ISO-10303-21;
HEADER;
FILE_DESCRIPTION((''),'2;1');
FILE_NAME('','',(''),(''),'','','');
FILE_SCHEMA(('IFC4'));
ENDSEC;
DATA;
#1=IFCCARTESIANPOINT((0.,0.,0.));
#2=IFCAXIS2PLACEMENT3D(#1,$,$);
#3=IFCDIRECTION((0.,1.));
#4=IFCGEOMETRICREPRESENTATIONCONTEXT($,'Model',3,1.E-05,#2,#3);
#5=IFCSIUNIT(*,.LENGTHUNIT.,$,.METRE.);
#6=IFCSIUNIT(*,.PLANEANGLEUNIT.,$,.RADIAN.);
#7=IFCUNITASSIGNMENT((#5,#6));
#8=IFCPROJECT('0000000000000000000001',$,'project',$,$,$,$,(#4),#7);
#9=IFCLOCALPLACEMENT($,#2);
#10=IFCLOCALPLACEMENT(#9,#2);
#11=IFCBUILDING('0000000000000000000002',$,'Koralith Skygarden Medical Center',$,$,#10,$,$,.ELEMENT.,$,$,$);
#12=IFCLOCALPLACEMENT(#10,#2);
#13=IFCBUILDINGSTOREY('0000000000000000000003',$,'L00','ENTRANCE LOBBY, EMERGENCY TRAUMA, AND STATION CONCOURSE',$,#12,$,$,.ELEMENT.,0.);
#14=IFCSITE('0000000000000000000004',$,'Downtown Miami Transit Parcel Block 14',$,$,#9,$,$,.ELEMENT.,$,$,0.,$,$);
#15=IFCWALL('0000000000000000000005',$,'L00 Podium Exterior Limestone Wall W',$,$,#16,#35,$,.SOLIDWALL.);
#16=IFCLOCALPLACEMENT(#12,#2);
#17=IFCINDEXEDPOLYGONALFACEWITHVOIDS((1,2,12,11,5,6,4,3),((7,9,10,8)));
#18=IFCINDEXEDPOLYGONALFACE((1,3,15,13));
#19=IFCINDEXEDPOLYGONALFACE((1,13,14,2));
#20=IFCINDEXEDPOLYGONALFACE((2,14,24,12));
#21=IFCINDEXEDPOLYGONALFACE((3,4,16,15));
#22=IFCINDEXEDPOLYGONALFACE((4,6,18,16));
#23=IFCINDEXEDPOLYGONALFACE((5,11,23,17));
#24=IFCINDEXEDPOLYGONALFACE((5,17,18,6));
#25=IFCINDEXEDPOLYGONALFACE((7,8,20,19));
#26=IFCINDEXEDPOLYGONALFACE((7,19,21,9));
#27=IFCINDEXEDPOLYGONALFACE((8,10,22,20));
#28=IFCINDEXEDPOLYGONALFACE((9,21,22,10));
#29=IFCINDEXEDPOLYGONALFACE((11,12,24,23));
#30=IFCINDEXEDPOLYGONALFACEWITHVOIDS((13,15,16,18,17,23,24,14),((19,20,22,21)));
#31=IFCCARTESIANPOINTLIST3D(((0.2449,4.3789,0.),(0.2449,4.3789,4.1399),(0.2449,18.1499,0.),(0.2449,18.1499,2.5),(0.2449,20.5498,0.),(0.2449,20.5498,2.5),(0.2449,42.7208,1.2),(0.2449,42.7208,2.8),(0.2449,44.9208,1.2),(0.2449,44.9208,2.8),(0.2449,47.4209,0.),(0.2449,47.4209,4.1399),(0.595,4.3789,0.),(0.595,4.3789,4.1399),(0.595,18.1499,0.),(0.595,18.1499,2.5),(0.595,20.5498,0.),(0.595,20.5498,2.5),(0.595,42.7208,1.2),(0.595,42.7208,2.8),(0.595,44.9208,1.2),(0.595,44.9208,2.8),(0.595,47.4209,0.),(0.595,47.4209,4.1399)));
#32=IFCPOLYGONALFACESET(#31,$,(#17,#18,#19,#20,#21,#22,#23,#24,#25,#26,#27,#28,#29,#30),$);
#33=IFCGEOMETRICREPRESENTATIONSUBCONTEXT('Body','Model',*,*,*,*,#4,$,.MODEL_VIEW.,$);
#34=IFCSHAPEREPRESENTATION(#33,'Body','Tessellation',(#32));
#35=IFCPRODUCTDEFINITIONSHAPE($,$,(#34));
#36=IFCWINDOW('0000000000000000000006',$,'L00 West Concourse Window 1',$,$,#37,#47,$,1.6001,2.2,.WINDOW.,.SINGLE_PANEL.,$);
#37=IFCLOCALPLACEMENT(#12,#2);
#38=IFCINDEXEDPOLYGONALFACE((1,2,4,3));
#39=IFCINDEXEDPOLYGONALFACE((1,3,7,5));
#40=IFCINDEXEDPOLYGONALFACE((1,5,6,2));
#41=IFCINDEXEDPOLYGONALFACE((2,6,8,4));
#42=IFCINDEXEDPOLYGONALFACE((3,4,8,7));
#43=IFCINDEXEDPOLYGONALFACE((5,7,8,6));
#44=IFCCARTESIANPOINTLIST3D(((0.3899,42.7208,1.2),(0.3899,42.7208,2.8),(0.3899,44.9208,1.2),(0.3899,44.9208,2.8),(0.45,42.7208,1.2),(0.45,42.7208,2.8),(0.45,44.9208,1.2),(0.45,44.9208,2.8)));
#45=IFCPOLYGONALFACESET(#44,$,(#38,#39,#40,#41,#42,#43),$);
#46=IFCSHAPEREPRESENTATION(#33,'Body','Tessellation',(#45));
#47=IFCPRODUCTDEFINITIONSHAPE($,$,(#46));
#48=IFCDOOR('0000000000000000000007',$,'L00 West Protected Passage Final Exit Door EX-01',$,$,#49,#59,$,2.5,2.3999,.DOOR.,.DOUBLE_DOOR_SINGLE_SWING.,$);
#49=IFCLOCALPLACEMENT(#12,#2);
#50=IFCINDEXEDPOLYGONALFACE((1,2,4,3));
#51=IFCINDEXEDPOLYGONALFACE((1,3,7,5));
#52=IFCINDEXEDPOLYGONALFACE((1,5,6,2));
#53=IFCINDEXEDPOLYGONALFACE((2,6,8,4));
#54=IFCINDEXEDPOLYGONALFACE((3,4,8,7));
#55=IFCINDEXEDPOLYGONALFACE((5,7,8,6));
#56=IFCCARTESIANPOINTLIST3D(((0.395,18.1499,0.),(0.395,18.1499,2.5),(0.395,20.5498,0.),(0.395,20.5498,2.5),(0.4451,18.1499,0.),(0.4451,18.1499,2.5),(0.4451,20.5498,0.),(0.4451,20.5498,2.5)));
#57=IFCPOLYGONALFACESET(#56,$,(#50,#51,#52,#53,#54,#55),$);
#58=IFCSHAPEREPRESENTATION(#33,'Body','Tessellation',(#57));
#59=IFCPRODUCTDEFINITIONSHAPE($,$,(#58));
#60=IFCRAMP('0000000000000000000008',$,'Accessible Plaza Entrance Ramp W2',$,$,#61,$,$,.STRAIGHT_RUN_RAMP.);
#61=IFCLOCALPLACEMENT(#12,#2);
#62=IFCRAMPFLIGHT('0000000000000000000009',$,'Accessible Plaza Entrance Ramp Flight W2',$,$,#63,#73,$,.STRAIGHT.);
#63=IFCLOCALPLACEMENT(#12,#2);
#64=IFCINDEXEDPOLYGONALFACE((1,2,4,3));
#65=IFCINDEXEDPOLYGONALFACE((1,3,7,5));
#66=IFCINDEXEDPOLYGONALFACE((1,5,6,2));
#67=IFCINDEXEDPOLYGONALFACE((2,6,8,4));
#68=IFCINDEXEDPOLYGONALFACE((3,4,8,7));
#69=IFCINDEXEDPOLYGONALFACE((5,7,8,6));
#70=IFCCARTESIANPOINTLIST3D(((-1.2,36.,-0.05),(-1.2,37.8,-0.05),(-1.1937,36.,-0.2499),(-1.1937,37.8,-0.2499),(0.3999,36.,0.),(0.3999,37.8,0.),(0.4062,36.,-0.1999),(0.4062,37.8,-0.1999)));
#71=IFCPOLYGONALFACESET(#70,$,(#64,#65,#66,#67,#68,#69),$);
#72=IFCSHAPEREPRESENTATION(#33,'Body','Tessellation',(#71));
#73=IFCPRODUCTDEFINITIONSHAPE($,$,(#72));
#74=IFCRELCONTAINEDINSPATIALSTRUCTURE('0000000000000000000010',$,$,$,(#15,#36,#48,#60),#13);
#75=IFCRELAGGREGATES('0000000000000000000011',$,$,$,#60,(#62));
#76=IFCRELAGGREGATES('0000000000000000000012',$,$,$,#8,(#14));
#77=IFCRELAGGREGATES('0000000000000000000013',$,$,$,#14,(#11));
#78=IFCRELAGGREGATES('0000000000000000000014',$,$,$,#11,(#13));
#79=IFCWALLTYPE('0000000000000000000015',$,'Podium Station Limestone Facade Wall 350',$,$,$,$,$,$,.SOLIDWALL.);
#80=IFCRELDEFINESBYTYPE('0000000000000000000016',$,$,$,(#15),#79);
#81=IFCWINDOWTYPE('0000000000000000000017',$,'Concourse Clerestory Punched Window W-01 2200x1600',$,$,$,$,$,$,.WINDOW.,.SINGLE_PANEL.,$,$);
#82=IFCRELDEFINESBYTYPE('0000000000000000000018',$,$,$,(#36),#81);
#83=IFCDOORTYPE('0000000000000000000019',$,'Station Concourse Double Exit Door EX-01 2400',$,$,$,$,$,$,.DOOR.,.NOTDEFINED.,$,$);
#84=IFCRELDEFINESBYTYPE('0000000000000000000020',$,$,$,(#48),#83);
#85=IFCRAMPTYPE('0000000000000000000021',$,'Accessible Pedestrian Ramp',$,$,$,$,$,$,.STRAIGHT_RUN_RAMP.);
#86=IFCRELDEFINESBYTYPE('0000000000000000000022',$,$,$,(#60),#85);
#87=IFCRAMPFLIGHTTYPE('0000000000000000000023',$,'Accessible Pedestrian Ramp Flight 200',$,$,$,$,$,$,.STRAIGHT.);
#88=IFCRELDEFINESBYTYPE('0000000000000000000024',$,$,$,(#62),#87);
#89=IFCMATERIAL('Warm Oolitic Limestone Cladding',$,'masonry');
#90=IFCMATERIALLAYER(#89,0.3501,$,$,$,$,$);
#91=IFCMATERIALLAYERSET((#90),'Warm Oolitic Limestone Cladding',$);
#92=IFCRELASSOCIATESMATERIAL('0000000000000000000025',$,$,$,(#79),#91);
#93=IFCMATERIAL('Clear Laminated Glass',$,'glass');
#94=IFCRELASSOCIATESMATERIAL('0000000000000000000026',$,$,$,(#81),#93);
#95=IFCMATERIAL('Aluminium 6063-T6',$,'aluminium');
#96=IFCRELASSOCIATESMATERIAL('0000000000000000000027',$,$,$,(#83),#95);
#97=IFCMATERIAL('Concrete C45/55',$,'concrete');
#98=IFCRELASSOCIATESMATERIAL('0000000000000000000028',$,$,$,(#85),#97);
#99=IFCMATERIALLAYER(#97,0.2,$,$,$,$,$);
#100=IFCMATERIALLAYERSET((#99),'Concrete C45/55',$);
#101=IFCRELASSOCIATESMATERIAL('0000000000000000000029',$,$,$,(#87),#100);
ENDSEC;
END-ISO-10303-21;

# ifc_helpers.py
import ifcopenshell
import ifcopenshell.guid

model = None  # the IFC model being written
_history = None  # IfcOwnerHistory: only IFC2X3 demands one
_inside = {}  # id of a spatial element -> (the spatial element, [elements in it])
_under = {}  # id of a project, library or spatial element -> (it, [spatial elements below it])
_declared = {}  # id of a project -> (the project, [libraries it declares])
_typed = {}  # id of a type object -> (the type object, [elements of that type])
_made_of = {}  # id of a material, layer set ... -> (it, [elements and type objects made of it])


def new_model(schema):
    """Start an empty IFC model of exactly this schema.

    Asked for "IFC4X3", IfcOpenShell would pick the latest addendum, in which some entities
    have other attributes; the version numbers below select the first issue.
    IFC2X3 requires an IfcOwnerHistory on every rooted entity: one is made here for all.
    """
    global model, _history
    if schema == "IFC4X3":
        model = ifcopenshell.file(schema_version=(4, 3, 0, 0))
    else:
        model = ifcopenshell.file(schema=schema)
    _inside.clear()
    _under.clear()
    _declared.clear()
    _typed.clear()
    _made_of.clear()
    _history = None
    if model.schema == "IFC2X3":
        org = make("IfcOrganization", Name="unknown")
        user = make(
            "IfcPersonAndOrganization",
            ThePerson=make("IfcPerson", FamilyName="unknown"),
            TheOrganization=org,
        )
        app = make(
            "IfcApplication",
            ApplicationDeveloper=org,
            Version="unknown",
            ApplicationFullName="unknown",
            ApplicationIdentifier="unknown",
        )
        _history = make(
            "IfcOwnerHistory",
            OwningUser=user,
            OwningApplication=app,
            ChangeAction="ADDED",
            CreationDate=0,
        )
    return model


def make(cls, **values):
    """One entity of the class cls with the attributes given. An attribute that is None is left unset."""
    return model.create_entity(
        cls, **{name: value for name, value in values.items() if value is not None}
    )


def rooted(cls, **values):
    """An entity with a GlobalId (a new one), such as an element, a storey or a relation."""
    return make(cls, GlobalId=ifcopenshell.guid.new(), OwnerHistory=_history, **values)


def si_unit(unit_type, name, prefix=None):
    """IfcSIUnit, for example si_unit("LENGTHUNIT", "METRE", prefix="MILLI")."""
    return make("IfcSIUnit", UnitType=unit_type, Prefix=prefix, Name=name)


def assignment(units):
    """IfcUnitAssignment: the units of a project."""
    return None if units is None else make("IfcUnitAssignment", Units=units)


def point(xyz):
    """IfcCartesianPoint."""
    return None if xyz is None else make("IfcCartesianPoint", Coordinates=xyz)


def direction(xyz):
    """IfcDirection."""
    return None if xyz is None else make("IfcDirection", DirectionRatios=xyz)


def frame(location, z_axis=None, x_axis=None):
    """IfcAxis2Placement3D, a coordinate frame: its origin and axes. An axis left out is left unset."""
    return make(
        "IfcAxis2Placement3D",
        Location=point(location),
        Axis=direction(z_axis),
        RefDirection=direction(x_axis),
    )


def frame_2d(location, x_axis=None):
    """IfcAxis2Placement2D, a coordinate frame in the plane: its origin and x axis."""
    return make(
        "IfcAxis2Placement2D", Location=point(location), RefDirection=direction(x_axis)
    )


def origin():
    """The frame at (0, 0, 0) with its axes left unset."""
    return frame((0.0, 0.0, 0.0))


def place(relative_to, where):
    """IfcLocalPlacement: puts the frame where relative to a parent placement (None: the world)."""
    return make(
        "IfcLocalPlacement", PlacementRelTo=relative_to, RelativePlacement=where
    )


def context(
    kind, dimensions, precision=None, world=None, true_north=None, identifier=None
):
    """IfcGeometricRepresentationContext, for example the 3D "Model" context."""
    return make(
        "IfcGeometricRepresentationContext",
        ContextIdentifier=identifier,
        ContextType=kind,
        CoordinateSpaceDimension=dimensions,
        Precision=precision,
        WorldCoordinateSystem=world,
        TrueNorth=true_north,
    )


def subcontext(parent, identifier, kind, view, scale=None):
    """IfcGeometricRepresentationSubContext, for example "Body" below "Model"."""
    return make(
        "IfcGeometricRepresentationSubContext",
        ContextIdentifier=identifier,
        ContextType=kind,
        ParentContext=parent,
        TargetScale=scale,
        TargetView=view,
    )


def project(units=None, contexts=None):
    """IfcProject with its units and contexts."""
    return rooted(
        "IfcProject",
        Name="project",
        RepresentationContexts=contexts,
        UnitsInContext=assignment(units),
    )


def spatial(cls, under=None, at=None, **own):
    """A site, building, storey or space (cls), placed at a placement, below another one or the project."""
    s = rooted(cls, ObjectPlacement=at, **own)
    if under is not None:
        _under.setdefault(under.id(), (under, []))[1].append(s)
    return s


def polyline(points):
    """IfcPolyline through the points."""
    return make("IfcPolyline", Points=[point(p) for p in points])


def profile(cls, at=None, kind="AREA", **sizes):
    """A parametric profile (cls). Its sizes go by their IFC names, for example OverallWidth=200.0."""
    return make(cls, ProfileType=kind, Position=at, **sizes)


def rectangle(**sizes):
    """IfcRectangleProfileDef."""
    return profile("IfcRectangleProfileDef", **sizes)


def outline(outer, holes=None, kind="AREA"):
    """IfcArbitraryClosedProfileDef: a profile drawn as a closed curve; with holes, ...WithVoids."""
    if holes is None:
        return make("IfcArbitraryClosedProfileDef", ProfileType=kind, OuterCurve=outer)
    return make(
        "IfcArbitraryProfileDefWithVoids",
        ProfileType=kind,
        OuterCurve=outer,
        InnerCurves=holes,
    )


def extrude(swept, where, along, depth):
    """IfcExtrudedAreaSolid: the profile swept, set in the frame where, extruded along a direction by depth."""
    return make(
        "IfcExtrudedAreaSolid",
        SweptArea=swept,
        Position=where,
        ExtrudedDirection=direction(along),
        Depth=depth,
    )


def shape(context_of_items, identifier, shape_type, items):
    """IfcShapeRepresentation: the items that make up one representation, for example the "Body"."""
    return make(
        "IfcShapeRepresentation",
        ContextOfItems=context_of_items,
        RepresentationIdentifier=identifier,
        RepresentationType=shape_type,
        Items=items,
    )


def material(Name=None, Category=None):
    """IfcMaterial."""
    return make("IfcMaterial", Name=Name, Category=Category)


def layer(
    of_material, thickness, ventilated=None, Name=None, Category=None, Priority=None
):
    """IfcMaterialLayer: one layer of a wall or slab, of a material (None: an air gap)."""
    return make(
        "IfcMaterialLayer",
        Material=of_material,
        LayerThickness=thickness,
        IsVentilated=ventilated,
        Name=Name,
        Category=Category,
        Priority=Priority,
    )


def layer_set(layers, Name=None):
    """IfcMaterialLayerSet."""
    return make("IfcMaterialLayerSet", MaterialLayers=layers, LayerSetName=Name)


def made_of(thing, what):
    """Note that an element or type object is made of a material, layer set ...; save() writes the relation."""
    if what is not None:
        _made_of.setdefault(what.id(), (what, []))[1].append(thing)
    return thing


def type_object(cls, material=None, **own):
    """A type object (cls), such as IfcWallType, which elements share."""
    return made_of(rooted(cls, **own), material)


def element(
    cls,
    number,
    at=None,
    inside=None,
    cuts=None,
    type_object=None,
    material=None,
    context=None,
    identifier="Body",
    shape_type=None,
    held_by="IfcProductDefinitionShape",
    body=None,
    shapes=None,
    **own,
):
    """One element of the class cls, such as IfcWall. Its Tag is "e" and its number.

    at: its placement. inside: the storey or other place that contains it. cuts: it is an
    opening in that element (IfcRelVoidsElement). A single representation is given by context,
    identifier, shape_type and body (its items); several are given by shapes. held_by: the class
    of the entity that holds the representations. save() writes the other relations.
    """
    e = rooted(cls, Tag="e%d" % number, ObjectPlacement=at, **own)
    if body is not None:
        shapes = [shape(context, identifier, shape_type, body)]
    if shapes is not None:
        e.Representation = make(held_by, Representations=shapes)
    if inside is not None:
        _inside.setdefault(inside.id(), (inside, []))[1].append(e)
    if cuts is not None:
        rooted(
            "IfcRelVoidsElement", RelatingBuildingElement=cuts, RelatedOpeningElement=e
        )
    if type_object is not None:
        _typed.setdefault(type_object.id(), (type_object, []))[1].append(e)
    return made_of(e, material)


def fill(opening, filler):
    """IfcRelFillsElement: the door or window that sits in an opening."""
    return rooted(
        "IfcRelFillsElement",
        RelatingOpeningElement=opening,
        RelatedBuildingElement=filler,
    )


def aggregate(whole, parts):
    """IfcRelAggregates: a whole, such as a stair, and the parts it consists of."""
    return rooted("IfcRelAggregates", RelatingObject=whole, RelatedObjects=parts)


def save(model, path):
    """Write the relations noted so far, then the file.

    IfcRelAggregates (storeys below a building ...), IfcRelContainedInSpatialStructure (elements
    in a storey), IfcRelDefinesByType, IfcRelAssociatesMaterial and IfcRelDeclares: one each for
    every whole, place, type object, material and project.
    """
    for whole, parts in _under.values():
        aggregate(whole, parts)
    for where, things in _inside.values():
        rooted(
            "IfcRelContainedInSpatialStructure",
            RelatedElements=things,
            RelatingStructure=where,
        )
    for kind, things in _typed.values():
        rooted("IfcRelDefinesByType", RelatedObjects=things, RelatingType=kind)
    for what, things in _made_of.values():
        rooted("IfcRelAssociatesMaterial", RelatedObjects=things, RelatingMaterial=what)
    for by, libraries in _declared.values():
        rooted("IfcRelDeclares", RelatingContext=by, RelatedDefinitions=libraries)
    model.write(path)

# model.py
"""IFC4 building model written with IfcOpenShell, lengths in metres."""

from ifc_helpers import new_model, si_unit, direction, frame, frame_2d, origin, place, context, subcontext, project, spatial, polyline, rectangle, outline, extrude, material, layer, layer_set, type_object, element, fill, aggregate, save


model = new_model("IFC4")

# Units and contexts
model_context = context("Model", 3, precision=1e-05, world=origin(), true_north=direction((0.0, 1.0)))
body_context = subcontext(model_context, "Body", "Model", "MODEL_VIEW")
ifc_project = project(units=[si_unit("LENGTHUNIT", "METRE"), si_unit("PLANEANGLEUNIT", "RADIAN")], contexts=[model_context])

# Site, building, storey
site_placement = place(None, origin())
site = spatial("IfcSite", under=ifc_project, at=site_placement, Name="Downtown Miami Transit Parcel Block 14", CompositionType="ELEMENT", RefElevation=0.0)
building_placement = place(site_placement, origin())
building = spatial("IfcBuilding", under=site, at=building_placement, Name="Koralith Skygarden Medical Center", CompositionType="ELEMENT")
storey_placement = place(building_placement, origin())
storey = spatial("IfcBuildingStorey", under=building, at=storey_placement, Name="L00", Description="ENTRANCE LOBBY, EMERGENCY TRAUMA, AND STATION CONCOURSE", CompositionType="ELEMENT", Elevation=0.0)

# Shared definitions
ifc_material_1 = material(Name="Warm Oolitic Limestone Cladding", Category="masonry")

# Shared definitions
ifc_material_2 = material(Name="Aluminium 6063-T6", Category="aluminium")

# Shared definitions
ifc_layer_1 = layer(ifc_material_1, 0.3501)
ifc_layer_set_1 = layer_set([ifc_layer_1], Name="Warm Oolitic Limestone Cladding")
wall_type_1 = type_object("IfcWallType", Name="Podium Station Limestone Facade Wall 350", PredefinedType="SOLIDWALL", material=ifc_layer_set_1)
ifc_material_3 = material(Name="Clear Laminated Glass", Category="glass")

# Wall, openings, window, door
wall_1_placement = place(storey_placement, frame((0.4199, 47.4209, 0.0), z_axis=(0.0, 0.0, 1.0), x_axis=(0.0, -1.0, 0.0)))
wall_1 = element("IfcWall", 1, at=wall_1_placement, inside=storey, type_object=wall_type_1, Name="L00 Podium Exterior Limestone Wall W", PredefinedType="SOLIDWALL", context=body_context, shape_type="SweptSolid", body=[
    extrude(rectangle(XDim=43.042, YDim=0.3501, at=frame_2d((21.521, 0.0))), origin(), (0.0, 0.0, 1.0), 4.1399),
])
opening_1_placement = place(wall_1_placement, frame((26.8711, 0.0, 0.0)))
opening_1 = element("IfcOpeningElement", 2, at=opening_1_placement, cuts=wall_1, PredefinedType="OPENING", context=body_context, shape_type="SweptSolid", body=[
    extrude(rectangle(XDim=2.3999, YDim=2.5, at=frame_2d((1.2, 1.25))), frame((0.0, 0.1851, 0.0), z_axis=(0.0, -1.0, 0.0), x_axis=(1.0, 0.0, 0.0)), (0.0, 0.0, 1.0), 0.3701),
])
opening_2_placement = place(wall_1_placement, frame((2.5, 0.0, 1.2)))
opening_2 = element("IfcOpeningElement", 3, at=opening_2_placement, cuts=wall_1, PredefinedType="OPENING", context=body_context, shape_type="SweptSolid", body=[
    extrude(rectangle(XDim=2.2, YDim=1.6001, at=frame_2d((1.1001, 0.8))), frame((0.0, 0.1851, 0.0), z_axis=(0.0, -1.0, 0.0), x_axis=(1.0, 0.0, 0.0)), (0.0, 0.0, 1.0), 0.3701),
])
window_type_1 = type_object("IfcWindowType", Name="Concourse Clerestory Punched Window W-01 2200x1600", PartitioningType="SINGLE_PANEL", PredefinedType="WINDOW", material=ifc_material_3)
window_1_placement = place(opening_2_placement, origin())
window_1 = element("IfcWindow", 4, at=window_1_placement, inside=storey, type_object=window_type_1, Name="L00 West Concourse Window 1", OverallHeight=1.6001, OverallWidth=2.2, PartitioningType="SINGLE_PANEL", PredefinedType="WINDOW", context=body_context, shape_type="SweptSolid", body=[
    extrude(rectangle(XDim=2.2, YDim=1.6001, at=frame_2d((1.1001, 0.8))), frame((0.0, 0.03, 0.0), z_axis=(0.0, -1.0, 0.0), x_axis=(1.0, 0.0, 0.0)), (0.0, 0.0, 1.0), 0.0601),
])
fill(opening_2, window_1)
door_type_1 = type_object("IfcDoorType", Name="Station Concourse Double Exit Door EX-01 2400", OperationType="NOTDEFINED", PredefinedType="DOOR", material=ifc_material_2)
door_1_placement = place(opening_1_placement, frame((2.3999, 0.0, 0.0), z_axis=(0.0, 0.0, 1.0), x_axis=(-1.0, 0.0, 0.0)))
door_1 = element("IfcDoor", 5, at=door_1_placement, inside=storey, type_object=door_type_1, Name="L00 West Protected Passage Final Exit Door EX-01", OperationType="DOUBLE_DOOR_SINGLE_SWING", OverallHeight=2.5, OverallWidth=2.3999, PredefinedType="DOOR", context=body_context, shape_type="SweptSolid", body=[
    extrude(rectangle(XDim=2.3999, YDim=2.5, at=frame_2d((1.2, 1.25))), frame((0.0, 0.0249, 0.0), z_axis=(0.0, -1.0, 0.0), x_axis=(1.0, 0.0, 0.0)), (0.0, 0.0, 1.0), 0.05),
])
fill(opening_1, door_1)

# Ramp, ramp flight
ifc_material_4 = material(Name="Concrete C45/55", Category="concrete")
ramp_type = type_object("IfcRampType", Name="Accessible Pedestrian Ramp", PredefinedType="STRAIGHT_RUN_RAMP", material=ifc_material_4)
ramp_placement = place(storey_placement, origin())
ramp = element("IfcRamp", 6, at=ramp_placement, inside=storey, type_object=ramp_type, Name="Accessible Plaza Entrance Ramp W2", PredefinedType="STRAIGHT_RUN_RAMP")
ifc_layer_2 = layer(ifc_material_4, 0.2)
ifc_layer_set_2 = layer_set([ifc_layer_2], Name="Concrete C45/55")
ramp_flight_type = type_object("IfcRampFlightType", Name="Accessible Pedestrian Ramp Flight 200", PredefinedType="STRAIGHT", material=ifc_layer_set_2)
ramp_flight_placement = place(storey_placement, frame((-1.2, 36.0, -0.05), z_axis=(-0.031268, 0.0, 0.999511), x_axis=(0.999511, 0.0, 0.031268)))
ramp_flight = element("IfcRampFlight", 7, at=ramp_flight_placement, type_object=ramp_flight_type, Name="Accessible Plaza Entrance Ramp Flight W2", PredefinedType="STRAIGHT", context=body_context, shape_type="SweptSolid", body=[
    extrude(outline(polyline([(0.0, 0.0), (1.6006, 0.0), (1.6006, 1.8), (0.0, 1.8), (0.0, 0.0)])), origin(), (0.0, 0.0, -1.0), 0.2),
])
aggregate(ramp, [ramp_flight])

save(model, "model.ifc")
